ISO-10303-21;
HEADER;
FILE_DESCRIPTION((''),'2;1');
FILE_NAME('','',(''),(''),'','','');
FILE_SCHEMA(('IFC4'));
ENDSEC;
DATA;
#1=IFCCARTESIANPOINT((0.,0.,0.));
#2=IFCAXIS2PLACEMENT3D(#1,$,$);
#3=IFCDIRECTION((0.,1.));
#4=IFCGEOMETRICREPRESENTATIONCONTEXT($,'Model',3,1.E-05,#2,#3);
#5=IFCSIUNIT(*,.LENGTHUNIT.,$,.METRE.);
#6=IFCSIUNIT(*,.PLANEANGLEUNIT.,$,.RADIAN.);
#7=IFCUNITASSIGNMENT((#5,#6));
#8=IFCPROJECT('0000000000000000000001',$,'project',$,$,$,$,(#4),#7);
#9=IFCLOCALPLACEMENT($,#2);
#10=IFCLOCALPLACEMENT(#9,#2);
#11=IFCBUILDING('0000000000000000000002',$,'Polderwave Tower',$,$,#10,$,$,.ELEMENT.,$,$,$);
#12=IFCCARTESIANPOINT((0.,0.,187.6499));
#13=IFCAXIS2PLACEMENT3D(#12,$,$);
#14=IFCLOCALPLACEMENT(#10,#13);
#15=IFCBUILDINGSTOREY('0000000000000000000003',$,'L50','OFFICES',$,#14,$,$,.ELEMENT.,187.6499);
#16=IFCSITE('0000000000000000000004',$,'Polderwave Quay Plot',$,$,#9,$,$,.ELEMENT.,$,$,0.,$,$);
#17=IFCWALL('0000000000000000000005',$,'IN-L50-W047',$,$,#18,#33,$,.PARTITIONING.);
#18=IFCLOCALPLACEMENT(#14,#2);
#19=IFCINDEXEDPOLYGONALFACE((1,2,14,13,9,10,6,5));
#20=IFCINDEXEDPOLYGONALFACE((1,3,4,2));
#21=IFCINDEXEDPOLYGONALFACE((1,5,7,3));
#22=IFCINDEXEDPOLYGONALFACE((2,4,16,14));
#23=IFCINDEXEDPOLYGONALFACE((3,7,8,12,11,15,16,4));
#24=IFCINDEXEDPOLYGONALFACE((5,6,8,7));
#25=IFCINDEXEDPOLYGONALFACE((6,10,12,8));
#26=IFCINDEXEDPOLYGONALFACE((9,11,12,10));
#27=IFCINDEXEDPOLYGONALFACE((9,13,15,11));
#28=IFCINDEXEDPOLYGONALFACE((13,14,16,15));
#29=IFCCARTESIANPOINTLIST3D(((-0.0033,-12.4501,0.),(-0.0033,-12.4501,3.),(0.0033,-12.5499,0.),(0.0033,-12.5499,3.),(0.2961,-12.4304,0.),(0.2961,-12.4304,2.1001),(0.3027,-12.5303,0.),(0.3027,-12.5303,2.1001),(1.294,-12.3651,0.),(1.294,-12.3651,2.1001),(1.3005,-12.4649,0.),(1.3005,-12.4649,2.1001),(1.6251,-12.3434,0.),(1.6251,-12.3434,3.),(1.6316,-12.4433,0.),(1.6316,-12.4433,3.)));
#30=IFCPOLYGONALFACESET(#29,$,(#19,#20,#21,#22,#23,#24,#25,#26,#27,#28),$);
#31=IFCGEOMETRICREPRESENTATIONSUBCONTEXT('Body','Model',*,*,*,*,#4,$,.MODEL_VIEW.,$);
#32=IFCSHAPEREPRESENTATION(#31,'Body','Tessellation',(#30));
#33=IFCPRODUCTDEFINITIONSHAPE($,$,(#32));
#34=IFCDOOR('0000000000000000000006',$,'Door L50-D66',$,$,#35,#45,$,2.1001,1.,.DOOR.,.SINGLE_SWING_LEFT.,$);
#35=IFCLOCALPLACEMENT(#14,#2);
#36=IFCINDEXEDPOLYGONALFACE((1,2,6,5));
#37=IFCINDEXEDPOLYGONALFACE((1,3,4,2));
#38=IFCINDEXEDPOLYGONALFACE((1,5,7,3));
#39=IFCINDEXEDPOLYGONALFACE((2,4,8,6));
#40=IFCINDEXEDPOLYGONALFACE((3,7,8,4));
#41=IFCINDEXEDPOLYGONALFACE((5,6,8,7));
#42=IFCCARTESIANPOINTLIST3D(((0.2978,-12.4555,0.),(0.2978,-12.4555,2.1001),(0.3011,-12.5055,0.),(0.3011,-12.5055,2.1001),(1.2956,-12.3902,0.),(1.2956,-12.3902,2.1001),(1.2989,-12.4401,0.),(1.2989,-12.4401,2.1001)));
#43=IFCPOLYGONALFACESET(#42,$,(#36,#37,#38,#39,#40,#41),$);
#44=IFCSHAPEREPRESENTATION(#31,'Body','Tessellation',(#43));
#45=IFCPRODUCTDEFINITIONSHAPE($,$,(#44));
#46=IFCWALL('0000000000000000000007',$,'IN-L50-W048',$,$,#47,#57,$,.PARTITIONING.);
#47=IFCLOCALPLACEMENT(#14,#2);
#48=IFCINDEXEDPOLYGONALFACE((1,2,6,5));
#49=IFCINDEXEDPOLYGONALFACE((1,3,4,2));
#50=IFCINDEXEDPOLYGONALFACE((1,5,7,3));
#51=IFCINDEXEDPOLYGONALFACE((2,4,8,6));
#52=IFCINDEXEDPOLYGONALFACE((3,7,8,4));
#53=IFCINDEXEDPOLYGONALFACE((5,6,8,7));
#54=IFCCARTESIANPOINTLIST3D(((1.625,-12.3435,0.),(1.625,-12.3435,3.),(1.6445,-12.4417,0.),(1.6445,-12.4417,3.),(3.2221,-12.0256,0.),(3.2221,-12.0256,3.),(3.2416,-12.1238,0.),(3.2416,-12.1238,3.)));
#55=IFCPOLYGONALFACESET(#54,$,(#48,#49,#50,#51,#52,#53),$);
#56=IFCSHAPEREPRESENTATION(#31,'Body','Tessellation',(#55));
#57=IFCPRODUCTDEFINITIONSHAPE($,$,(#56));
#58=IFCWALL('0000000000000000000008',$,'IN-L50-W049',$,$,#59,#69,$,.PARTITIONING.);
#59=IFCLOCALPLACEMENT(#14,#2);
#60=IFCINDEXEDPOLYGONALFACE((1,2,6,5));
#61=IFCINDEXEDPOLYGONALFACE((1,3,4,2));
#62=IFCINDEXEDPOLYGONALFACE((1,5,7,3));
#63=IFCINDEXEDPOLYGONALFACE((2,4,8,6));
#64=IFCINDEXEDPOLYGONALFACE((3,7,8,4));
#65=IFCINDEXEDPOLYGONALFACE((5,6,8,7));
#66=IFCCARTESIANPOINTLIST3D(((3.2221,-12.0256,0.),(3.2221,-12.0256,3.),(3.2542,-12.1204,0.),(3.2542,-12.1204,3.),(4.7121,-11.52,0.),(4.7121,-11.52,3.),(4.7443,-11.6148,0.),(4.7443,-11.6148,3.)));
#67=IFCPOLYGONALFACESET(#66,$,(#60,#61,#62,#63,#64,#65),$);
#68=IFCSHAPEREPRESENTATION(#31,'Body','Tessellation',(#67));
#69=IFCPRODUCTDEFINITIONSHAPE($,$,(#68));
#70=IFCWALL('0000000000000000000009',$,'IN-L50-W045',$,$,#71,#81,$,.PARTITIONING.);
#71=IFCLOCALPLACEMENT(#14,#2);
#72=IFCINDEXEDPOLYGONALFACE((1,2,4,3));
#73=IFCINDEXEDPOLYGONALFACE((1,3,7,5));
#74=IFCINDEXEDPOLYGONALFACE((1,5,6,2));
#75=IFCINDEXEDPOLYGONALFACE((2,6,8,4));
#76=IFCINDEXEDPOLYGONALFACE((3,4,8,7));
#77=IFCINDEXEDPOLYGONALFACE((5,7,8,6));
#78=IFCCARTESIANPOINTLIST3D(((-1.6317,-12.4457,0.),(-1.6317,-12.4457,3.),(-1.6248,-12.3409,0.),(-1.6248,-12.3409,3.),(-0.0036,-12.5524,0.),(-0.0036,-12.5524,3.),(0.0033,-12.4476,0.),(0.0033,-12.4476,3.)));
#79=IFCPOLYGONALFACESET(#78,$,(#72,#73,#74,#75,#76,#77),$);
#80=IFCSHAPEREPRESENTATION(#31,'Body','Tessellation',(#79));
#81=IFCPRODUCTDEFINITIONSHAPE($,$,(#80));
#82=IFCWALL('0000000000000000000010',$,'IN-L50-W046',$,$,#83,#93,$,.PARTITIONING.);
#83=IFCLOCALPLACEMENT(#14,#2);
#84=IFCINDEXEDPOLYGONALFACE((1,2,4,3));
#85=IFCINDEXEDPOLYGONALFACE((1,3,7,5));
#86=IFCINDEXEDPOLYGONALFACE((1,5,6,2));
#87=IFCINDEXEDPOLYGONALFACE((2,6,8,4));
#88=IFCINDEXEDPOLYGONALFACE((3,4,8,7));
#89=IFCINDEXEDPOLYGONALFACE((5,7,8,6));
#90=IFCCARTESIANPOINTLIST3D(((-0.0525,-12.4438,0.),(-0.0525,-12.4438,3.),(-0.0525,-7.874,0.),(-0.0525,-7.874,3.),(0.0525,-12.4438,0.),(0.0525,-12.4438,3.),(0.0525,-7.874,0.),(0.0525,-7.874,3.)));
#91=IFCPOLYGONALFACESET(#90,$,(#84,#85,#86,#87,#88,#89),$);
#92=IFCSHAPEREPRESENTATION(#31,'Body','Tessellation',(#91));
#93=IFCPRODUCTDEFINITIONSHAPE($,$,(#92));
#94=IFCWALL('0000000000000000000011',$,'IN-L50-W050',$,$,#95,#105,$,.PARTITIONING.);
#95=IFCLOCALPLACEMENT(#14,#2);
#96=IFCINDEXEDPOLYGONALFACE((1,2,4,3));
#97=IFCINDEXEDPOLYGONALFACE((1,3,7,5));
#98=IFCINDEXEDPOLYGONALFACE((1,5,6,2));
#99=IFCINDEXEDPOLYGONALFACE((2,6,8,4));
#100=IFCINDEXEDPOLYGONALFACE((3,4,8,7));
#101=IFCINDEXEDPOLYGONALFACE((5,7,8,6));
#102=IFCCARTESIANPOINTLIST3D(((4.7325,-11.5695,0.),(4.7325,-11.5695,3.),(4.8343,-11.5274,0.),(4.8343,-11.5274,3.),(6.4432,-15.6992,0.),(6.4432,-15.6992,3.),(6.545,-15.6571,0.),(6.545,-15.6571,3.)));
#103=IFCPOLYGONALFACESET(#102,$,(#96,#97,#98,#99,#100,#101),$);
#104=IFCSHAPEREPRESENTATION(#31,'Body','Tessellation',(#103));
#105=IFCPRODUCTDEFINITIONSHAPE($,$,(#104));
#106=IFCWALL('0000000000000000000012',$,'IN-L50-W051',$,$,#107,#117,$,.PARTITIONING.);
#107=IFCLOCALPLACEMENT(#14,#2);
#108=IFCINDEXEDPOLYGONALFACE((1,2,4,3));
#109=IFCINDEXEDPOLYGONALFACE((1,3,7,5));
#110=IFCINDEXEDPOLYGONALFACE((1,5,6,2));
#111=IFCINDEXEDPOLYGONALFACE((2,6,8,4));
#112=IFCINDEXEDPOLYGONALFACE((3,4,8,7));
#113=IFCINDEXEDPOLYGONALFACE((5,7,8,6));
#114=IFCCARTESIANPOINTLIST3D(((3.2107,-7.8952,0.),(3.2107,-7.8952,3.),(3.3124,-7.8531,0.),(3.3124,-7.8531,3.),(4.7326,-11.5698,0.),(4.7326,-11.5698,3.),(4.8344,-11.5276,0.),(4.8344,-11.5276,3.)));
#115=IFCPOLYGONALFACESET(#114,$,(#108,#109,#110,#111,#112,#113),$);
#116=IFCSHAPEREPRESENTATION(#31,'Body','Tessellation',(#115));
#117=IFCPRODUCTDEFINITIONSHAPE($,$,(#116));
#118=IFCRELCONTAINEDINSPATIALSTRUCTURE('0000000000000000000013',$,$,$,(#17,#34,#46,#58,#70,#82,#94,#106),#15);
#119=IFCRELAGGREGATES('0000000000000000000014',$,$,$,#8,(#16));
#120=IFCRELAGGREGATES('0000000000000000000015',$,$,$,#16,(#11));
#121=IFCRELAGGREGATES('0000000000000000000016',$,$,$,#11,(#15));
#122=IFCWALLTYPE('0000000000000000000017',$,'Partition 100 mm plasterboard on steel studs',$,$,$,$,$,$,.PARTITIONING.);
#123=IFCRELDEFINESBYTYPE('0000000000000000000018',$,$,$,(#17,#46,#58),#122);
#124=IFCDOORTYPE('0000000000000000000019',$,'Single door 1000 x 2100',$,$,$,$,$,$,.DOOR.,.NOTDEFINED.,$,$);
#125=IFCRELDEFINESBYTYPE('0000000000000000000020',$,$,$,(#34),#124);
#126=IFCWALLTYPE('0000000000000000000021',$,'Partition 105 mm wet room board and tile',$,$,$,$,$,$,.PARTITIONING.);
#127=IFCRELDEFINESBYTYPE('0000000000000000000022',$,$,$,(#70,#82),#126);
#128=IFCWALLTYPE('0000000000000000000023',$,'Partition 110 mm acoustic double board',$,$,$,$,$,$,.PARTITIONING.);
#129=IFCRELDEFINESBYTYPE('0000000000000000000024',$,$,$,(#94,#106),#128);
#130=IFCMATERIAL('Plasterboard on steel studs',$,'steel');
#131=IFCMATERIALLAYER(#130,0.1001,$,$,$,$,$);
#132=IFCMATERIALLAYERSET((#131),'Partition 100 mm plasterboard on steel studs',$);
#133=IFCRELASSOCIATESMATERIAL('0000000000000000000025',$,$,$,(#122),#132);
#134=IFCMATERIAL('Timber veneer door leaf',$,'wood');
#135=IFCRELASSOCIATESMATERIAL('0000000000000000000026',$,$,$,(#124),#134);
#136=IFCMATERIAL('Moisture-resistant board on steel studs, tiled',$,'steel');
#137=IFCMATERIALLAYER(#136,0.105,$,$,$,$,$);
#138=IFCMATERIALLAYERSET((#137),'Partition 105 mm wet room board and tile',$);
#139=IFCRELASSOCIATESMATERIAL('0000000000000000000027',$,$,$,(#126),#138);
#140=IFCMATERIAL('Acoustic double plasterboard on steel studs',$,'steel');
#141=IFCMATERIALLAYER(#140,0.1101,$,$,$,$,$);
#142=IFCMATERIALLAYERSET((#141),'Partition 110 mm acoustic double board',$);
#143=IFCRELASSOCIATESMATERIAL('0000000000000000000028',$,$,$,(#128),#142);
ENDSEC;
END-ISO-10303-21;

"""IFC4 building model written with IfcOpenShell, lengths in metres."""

from ifc_helpers import new_model, si_unit, direction, frame, frame_2d, origin, place, context, subcontext, project, spatial, rectangle, extrude, material, layer, layer_set, type_object, element, fill, save


model = new_model("IFC4")

# Units and contexts
model_context = context("Model", 3, precision=1e-05, world=origin(), true_north=direction((0.0, 1.0)))
body_context = subcontext(model_context, "Body", "Model", "MODEL_VIEW")
ifc_project = project(units=[si_unit("LENGTHUNIT", "METRE"), si_unit("PLANEANGLEUNIT", "RADIAN")], contexts=[model_context])

# Site, building, storey
site_placement = place(None, origin())
site = spatial("IfcSite", under=ifc_project, at=site_placement, Name="Polderwave Quay Plot", CompositionType="ELEMENT", RefElevation=0.0)
building_placement = place(site_placement, origin())
building = spatial("IfcBuilding", under=site, at=building_placement, Name="Polderwave Tower", CompositionType="ELEMENT")
storey_placement = place(building_placement, frame((0.0, 0.0, 187.6499)))
storey = spatial("IfcBuildingStorey", under=building, at=storey_placement, Name="L50", Description="OFFICES", CompositionType="ELEMENT", Elevation=187.6499)

# Wall, opening, door
ifc_material_1 = material(Name="Plasterboard on steel studs", Category="steel")
ifc_layer_1 = layer(ifc_material_1, 0.1001)
ifc_layer_set_1 = layer_set([ifc_layer_1], Name="Partition 100 mm plasterboard on steel studs")
wall_type_1 = type_object("IfcWallType", Name="Partition 100 mm plasterboard on steel studs", PredefinedType="PARTITIONING", material=ifc_layer_set_1)
wall_1_placement = place(storey_placement, frame((0.0, -12.5, 0.0), z_axis=(0.0, 0.0, 1.0), x_axis=(0.997861, 0.065377, 0.0)))
wall_1 = element("IfcWall", 1, at=wall_1_placement, inside=storey, type_object=wall_type_1, Name="IN-L50-W047", PredefinedType="PARTITIONING", context=body_context, shape_type="SweptSolid", body=[
    extrude(rectangle(XDim=1.6318, YDim=0.1001, at=frame_2d((0.8159, 0.0))), origin(), (0.0, 0.0, 1.0), 3.0),
])
opening_placement = place(wall_1_placement, frame((0.3, 0.0, 0.0)))
opening = element("IfcOpeningElement", 2, at=opening_placement, cuts=wall_1, PredefinedType="OPENING", context=body_context, shape_type="SweptSolid", body=[
    extrude(rectangle(XDim=1.0, YDim=2.1001, at=frame_2d((0.5, 1.05))), frame((0.0, 0.0601, 0.0), z_axis=(0.0, -1.0, 0.0), x_axis=(1.0, 0.0, 0.0)), (0.0, 0.0, 1.0), 0.1201),
])
ifc_material_2 = material(Name="Timber veneer door leaf", Category="wood")
door_type = type_object("IfcDoorType", Name="Single door 1000 x 2100", OperationType="NOTDEFINED", PredefinedType="DOOR", material=ifc_material_2)
door_placement = place(opening_placement, origin())
door = element("IfcDoor", 3, at=door_placement, inside=storey, type_object=door_type, Name="Door L50-D66", OperationType="SINGLE_SWING_LEFT", OverallHeight=2.1001, OverallWidth=1.0, PredefinedType="DOOR", context=body_context, shape_type="SweptSolid", body=[
    extrude(rectangle(XDim=1.0, YDim=2.1001, at=frame_2d((0.5, 1.05))), frame((0.0, 0.0249, 0.0), z_axis=(0.0, -1.0, 0.0), x_axis=(1.0, 0.0, 0.0)), (0.0, 0.0, 1.0), 0.05),
])
fill(opening, door)

# Walls
wall_2_placement = place(storey_placement, frame((1.6348, -12.3926, 0.0), z_axis=(0.0, 0.0, 1.0), x_axis=(0.980765, 0.195193, 0.0)))
element("IfcWall", 4, at=wall_2_placement, inside=storey, type_object=wall_type_1, Name="IN-L50-W048", PredefinedType="PARTITIONING", context=body_context, shape_type="SweptSolid", body=[
    extrude(rectangle(XDim=1.6284, YDim=0.1001, at=frame_2d((0.8142, 0.0))), origin(), (0.0, 0.0, 1.0), 3.0),
])
wall_3_placement = place(storey_placement, frame((3.2383, -12.073, 0.0), z_axis=(0.0, 0.0, 1.0), x_axis=(0.946963, 0.321344, 0.0)))
element("IfcWall", 5, at=wall_3_placement, inside=storey, type_object=wall_type_1, Name="IN-L50-W049", PredefinedType="PARTITIONING", context=body_context, shape_type="SweptSolid", body=[
    extrude(rectangle(XDim=1.5735, YDim=0.1001, at=frame_2d((0.7866, 0.0))), origin(), (0.0, 0.0, 1.0), 3.0),
])
ifc_material_3 = material(Name="Moisture-resistant board on steel studs, tiled", Category="steel")
ifc_layer_2 = layer(ifc_material_3, 0.105)
ifc_layer_set_2 = layer_set([ifc_layer_2], Name="Partition 105 mm wet room board and tile")
wall_type_2 = type_object("IfcWallType", Name="Partition 105 mm wet room board and tile", PredefinedType="PARTITIONING", material=ifc_layer_set_2)
wall_4_placement = place(storey_placement, frame((0.0, -12.5, 0.0), z_axis=(0.0, 0.0, 1.0), x_axis=(-0.99786, 0.065387, 0.0)))
element("IfcWall", 6, at=wall_4_placement, inside=storey, type_object=wall_type_2, Name="IN-L50-W045", PredefinedType="PARTITIONING", context=body_context, shape_type="SweptSolid", body=[
    extrude(rectangle(XDim=1.6316, YDim=0.105, at=frame_2d((0.8159, 0.0))), origin(), (0.0, 0.0, 1.0), 3.0),
])
wall_5_placement = place(storey_placement, frame((0.0, -7.874, 0.0), z_axis=(0.0, 0.0, 1.0), x_axis=(0.0, -1.0, 0.0)))
element("IfcWall", 7, at=wall_5_placement, inside=storey, type_object=wall_type_2, Name="IN-L50-W046", PredefinedType="PARTITIONING", context=body_context, shape_type="SweptSolid", body=[
    extrude(rectangle(XDim=4.5698, YDim=0.105, at=frame_2d((2.2849, 0.0))), origin(), (0.0, 0.0, 1.0), 3.0),
])
ifc_material_4 = material(Name="Acoustic double plasterboard on steel studs", Category="steel")
ifc_layer_3 = layer(ifc_material_4, 0.1101)
ifc_layer_set_3 = layer_set([ifc_layer_3], Name="Partition 110 mm acoustic double board")
wall_type_3 = type_object("IfcWallType", Name="Partition 110 mm acoustic double board", PredefinedType="PARTITIONING", material=ifc_layer_set_3)
wall_6_placement = place(storey_placement, frame((4.7834, -11.5486, 0.0), z_axis=(0.0, 0.0, 1.0), x_axis=(0.38271, -0.923868, 0.0)))
element("IfcWall", 8, at=wall_6_placement, inside=storey, type_object=wall_type_3, Name="IN-L50-W050", PredefinedType="PARTITIONING", context=body_context, shape_type="SweptSolid", body=[
    extrude(rectangle(XDim=4.47, YDim=0.1101, at=frame_2d((2.2349, 0.0))), origin(), (0.0, 0.0, 1.0), 3.0),
])
wall_7_placement = place(storey_placement, frame((3.2615, -7.874, 0.0), z_axis=(0.0, 0.0, 1.0), x_axis=(0.382666, -0.923887, 0.0)))
element("IfcWall", 9, at=wall_7_placement, inside=storey, type_object=wall_type_3, Name="IN-L50-W051", PredefinedType="PARTITIONING", context=body_context, shape_type="SweptSolid", body=[
    extrude(rectangle(XDim=3.9773, YDim=0.1101, at=frame_2d((1.9888, 0.0))), origin(), (0.0, 0.0, 1.0), 3.0),
])

save(model, "model.ifc")
